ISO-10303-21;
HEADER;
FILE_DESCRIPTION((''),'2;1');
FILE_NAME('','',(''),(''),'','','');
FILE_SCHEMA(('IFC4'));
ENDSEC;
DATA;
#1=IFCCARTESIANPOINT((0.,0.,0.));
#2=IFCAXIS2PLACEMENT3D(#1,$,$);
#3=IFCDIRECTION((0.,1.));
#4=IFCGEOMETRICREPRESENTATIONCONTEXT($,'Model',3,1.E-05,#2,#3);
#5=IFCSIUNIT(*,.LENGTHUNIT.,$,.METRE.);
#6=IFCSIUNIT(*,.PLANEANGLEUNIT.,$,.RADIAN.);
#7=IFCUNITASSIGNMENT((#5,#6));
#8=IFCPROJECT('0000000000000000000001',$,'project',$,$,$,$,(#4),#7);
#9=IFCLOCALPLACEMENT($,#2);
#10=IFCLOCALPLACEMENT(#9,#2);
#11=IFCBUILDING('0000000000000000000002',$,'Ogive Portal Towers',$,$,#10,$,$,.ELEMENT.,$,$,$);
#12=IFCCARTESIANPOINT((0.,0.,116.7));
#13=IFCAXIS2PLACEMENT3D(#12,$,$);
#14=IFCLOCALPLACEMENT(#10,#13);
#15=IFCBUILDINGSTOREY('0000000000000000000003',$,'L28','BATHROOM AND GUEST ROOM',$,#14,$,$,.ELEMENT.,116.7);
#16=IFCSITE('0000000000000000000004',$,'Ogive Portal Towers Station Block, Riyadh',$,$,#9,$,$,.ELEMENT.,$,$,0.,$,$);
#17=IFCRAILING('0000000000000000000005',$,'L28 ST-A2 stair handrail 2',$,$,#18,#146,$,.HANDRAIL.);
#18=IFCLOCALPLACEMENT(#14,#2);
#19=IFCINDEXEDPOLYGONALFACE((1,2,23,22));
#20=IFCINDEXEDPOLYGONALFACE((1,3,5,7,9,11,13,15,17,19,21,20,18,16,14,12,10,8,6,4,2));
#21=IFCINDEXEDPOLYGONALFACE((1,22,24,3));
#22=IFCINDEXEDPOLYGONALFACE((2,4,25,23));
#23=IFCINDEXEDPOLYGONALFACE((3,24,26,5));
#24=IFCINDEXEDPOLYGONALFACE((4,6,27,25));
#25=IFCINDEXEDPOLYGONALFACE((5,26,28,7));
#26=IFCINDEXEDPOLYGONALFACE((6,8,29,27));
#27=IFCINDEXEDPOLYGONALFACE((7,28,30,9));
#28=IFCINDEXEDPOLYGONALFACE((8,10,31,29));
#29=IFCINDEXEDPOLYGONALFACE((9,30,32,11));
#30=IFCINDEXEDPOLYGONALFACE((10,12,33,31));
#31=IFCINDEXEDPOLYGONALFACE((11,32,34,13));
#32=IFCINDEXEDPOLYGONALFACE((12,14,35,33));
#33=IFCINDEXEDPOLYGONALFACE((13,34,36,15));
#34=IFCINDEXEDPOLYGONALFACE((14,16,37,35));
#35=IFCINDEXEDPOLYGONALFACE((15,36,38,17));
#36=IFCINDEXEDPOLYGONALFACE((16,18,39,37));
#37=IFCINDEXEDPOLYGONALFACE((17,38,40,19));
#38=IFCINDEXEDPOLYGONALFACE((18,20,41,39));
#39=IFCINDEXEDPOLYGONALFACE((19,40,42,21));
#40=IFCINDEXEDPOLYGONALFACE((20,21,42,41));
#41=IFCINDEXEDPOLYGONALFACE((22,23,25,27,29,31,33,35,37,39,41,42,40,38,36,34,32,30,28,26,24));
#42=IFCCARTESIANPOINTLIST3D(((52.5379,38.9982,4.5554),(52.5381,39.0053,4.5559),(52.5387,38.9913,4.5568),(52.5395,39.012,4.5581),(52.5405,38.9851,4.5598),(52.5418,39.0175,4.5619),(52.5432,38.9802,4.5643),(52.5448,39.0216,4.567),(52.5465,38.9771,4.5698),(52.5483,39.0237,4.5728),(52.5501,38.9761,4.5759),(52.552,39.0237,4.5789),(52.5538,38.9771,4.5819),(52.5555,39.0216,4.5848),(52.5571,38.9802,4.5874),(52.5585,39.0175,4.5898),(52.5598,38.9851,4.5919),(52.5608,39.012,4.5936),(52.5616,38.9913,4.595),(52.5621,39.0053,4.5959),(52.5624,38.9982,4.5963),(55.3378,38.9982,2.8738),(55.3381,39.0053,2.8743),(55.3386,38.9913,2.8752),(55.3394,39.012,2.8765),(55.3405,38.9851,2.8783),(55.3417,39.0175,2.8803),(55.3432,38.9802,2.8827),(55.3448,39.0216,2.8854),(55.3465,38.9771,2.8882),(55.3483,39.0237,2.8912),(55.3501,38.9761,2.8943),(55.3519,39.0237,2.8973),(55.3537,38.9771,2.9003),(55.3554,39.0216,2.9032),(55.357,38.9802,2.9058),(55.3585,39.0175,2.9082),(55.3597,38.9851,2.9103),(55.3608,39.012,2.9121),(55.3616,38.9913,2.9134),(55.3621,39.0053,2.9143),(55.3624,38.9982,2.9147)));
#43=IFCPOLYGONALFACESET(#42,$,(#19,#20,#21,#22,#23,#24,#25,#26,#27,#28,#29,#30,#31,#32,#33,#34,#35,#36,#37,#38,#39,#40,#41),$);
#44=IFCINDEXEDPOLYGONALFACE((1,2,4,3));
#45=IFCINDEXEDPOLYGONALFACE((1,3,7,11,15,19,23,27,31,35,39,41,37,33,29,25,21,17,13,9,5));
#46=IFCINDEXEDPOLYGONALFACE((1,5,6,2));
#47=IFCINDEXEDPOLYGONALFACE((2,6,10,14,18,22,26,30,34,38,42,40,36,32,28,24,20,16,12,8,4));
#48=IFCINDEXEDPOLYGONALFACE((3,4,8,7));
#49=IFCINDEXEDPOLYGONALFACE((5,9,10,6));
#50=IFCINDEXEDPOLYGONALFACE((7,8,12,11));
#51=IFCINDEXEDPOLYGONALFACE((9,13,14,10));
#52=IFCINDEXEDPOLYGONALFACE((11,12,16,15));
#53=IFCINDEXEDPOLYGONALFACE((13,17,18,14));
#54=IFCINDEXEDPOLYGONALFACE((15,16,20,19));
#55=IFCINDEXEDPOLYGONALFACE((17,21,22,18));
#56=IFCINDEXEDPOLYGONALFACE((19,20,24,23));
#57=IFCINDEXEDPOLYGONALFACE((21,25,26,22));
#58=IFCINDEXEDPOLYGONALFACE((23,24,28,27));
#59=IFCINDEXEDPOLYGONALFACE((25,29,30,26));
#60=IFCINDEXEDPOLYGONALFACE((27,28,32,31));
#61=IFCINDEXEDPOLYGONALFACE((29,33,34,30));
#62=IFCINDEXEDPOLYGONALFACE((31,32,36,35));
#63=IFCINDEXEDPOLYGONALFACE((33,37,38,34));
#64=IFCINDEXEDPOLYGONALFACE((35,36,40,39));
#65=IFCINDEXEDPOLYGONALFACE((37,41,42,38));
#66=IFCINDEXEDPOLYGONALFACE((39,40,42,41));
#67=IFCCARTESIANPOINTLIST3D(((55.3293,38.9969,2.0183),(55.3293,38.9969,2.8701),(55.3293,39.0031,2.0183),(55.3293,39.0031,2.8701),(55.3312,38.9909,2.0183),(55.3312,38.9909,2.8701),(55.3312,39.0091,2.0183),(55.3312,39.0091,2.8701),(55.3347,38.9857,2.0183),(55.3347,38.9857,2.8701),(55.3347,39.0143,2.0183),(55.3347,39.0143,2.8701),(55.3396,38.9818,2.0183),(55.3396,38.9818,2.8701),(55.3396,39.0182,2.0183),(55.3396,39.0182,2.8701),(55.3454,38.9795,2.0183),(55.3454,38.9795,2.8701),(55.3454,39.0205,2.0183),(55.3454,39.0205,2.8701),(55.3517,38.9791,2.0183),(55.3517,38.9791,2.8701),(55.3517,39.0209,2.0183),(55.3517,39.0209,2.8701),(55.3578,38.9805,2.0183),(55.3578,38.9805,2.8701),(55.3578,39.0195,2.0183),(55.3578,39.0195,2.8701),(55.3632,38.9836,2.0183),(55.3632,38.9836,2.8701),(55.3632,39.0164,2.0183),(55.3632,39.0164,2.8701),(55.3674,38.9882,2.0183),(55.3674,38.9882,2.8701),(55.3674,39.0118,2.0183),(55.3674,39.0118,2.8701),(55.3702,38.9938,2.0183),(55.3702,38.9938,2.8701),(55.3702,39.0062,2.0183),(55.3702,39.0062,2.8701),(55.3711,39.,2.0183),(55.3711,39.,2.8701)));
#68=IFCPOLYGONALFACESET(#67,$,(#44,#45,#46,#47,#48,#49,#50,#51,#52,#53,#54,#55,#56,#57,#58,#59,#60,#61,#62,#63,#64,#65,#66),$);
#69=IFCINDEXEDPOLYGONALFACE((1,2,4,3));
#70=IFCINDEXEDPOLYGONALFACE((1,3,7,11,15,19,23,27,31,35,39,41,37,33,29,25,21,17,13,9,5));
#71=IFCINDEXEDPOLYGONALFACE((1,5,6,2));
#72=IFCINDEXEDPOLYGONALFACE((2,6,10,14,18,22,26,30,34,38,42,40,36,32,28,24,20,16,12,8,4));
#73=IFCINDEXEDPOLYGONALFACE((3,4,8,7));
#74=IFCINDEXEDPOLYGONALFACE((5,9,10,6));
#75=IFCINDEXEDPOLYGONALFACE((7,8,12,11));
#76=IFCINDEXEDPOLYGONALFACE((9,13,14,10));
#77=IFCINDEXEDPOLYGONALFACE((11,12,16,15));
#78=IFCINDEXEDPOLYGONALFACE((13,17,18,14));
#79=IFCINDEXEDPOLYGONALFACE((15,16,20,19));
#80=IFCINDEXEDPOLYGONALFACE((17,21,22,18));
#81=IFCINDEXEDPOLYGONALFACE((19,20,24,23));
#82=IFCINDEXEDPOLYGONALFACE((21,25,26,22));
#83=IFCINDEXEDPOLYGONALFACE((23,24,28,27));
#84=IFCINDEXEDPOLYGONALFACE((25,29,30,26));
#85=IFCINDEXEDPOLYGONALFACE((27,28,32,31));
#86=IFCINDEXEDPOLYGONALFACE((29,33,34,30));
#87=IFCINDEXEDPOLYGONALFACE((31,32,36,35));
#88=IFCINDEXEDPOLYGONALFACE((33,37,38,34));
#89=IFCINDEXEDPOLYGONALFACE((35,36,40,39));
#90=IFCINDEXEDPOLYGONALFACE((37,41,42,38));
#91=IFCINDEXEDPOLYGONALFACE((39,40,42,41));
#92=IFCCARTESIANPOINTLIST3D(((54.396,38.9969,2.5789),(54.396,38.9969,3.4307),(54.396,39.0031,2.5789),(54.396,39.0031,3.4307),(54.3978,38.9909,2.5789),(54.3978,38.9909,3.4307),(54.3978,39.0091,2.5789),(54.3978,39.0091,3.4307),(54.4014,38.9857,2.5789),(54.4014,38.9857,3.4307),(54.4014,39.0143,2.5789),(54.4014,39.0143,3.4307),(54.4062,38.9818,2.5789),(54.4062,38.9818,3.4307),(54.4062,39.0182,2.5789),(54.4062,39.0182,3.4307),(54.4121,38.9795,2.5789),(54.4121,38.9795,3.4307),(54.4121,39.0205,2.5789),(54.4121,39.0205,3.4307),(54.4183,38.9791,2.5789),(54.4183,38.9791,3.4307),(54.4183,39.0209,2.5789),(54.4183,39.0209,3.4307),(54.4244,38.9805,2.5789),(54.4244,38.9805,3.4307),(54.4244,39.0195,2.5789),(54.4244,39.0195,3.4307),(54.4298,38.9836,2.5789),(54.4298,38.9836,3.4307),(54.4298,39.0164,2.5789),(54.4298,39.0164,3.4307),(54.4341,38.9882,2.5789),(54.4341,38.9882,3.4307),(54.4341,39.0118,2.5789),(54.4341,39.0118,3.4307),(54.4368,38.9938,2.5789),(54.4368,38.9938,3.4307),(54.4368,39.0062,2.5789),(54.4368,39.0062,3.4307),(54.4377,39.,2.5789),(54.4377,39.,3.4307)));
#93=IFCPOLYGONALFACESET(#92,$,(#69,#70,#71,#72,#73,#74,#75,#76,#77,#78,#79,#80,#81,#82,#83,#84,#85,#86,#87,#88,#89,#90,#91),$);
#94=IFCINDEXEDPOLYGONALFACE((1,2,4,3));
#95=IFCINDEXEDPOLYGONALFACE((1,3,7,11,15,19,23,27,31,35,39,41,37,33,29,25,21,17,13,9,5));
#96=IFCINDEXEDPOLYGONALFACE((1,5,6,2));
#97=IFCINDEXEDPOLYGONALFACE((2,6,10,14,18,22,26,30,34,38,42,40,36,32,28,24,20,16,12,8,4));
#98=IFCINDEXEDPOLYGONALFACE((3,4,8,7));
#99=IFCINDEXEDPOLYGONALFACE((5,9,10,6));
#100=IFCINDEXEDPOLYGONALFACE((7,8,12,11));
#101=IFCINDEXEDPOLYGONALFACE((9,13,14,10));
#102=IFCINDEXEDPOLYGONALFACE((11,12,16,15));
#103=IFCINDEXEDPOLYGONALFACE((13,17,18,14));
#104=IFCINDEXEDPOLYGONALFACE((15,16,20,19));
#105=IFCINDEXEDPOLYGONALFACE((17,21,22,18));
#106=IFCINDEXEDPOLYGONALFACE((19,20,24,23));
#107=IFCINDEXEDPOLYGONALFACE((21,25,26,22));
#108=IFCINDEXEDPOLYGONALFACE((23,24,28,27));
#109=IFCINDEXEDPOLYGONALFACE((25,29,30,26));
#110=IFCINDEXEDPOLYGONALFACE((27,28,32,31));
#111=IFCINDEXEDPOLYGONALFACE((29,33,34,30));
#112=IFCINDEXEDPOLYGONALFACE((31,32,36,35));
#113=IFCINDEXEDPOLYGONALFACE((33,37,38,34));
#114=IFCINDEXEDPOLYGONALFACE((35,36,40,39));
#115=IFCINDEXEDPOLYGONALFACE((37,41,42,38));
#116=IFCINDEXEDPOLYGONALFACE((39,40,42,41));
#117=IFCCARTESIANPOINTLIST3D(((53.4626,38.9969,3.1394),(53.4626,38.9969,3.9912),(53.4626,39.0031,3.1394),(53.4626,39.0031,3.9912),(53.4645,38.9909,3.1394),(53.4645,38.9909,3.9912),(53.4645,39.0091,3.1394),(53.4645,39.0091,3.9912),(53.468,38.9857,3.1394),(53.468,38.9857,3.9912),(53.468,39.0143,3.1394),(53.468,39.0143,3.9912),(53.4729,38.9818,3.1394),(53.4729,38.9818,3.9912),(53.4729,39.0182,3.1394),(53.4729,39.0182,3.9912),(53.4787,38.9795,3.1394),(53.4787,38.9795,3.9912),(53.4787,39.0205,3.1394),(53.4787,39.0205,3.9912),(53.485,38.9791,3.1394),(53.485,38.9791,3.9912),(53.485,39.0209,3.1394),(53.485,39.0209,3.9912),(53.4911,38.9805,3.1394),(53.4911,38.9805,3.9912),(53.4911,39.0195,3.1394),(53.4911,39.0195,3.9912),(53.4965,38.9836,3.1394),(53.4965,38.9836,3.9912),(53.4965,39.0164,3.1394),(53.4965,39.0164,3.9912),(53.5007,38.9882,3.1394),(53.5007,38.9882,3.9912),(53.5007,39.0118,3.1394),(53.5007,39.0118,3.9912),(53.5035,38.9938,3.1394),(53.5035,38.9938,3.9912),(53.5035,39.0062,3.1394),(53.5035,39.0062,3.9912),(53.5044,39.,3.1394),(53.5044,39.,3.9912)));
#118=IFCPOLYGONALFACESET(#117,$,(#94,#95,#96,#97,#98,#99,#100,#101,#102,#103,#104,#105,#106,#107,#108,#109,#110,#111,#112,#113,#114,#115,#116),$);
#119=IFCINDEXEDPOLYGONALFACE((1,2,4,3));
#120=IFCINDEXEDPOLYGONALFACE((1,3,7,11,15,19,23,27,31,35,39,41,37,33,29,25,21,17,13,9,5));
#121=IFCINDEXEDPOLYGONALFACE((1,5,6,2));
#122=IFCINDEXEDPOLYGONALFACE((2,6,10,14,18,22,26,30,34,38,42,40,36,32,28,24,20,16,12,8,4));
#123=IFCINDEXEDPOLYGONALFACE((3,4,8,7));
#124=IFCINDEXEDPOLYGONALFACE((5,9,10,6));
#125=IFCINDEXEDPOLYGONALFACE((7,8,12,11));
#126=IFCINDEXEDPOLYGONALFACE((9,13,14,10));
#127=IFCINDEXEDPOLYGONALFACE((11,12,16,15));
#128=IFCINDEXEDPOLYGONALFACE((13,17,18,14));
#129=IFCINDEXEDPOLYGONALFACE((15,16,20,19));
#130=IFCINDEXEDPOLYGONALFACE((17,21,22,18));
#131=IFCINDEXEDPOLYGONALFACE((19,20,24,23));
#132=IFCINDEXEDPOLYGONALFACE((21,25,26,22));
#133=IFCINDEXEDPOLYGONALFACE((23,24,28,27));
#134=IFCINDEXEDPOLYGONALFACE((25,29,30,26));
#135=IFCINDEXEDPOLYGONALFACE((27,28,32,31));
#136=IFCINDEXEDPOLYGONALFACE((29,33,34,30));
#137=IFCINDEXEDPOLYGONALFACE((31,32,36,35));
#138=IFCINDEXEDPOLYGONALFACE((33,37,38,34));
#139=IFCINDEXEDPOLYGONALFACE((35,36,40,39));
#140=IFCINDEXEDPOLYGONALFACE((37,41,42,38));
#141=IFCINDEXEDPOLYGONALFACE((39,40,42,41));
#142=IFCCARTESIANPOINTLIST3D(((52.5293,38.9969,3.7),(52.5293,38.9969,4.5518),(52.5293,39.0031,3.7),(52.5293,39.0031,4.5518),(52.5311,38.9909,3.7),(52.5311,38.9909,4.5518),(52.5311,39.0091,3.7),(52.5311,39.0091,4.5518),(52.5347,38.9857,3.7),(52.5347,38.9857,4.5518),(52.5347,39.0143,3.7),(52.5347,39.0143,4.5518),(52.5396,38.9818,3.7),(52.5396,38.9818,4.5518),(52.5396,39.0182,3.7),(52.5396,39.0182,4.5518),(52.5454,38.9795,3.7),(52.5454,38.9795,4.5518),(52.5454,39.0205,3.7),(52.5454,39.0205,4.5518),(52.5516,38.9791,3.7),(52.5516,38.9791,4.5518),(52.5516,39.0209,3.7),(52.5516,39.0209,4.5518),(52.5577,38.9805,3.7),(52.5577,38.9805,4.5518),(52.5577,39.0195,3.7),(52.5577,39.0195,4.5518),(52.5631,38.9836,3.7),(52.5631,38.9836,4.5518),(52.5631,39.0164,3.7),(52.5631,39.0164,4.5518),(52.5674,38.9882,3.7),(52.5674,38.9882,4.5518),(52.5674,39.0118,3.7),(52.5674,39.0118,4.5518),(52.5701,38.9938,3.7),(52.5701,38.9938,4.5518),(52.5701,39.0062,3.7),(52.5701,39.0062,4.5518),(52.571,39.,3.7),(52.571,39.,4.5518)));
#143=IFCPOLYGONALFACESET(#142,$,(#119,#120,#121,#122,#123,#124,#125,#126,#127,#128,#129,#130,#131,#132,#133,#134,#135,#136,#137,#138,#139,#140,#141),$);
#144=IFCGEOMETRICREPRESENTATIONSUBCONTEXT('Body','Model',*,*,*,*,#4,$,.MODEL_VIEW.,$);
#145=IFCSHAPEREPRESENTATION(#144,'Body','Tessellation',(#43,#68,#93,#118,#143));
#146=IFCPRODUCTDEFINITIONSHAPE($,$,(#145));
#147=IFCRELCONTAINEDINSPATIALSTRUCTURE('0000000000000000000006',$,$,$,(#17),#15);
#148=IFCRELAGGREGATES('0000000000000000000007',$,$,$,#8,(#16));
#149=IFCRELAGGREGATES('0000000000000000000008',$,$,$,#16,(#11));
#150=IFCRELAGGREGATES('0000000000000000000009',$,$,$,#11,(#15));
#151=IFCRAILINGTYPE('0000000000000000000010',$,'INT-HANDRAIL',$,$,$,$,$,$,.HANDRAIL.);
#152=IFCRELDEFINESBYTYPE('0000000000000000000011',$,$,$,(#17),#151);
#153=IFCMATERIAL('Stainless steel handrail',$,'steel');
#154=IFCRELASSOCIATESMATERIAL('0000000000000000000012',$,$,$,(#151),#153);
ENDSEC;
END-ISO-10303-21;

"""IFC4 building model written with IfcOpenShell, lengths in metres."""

from ifc_helpers import new_model, si_unit, direction, frame, origin, origin_2d, place, context, subcontext, project, spatial, circle, extrude, material, type_object, element, save


model = new_model("IFC4")

# Units and contexts
model_context = context("Model", 3, precision=1e-05, world=origin(), true_north=direction((0.0, 1.0)))
body_context = subcontext(model_context, "Body", "Model", "MODEL_VIEW")
ifc_project = project(units=[si_unit("LENGTHUNIT", "METRE"), si_unit("PLANEANGLEUNIT", "RADIAN")], contexts=[model_context])

# Site, building, storey
site_placement = place(None, origin())
site = spatial("IfcSite", under=ifc_project, at=site_placement, Name="Ogive Portal Towers Station Block, Riyadh", CompositionType="ELEMENT", RefElevation=0.0)
building_placement = place(site_placement, origin())
building = spatial("IfcBuilding", under=site, at=building_placement, Name="Ogive Portal Towers", CompositionType="ELEMENT")
storey_placement = place(building_placement, frame((0.0, 0.0, 116.7)))
storey = spatial("IfcBuildingStorey", under=building, at=storey_placement, Name="L28", Description="BATHROOM AND GUEST ROOM", CompositionType="ELEMENT", Elevation=116.7)

# Railing
ifc_material_1 = material(Name="Stainless steel handrail", Category="steel")
railing_type_1 = type_object("IfcRailingType", Name="INT-HANDRAIL", PredefinedType="HANDRAIL", material=ifc_material_1)
railing_1_placement = place(storey_placement, frame((55.3501, 39.0, 2.0183)))
element("IfcRailing", 1, at=railing_1_placement, inside=storey, type_object=railing_type_1, Name="L28 ST-A2 stair handrail 2", PredefinedType="HANDRAIL", context=body_context, shape_type="SweptSolid", body=[
    extrude(circle(Radius=0.0239, at=origin_2d()), frame((0.0, 0.0, 0.876), z_axis=(-0.857275, 0.0, 0.514858), x_axis=(0.0, -1.0, 0.0)), (0.0, 0.0, 1.0), 3.2661),
    extrude(circle(Radius=0.021, at=origin_2d()), origin(), (0.0, 0.0, 1.0), 0.8518),
    extrude(circle(Radius=0.021, at=origin_2d()), frame((-0.9333, 0.0, 0.5605)), (0.0, 0.0, 1.0), 0.8518),
    extrude(circle(Radius=0.021, at=origin_2d()), frame((-1.8667, 0.0, 1.1211)), (0.0, 0.0, 1.0), 0.8518),
    extrude(circle(Radius=0.021, at=origin_2d()), frame((-2.8, 0.0, 1.6816)), (0.0, 0.0, 1.0), 0.8518),
])

save(model, "model.ifc")
